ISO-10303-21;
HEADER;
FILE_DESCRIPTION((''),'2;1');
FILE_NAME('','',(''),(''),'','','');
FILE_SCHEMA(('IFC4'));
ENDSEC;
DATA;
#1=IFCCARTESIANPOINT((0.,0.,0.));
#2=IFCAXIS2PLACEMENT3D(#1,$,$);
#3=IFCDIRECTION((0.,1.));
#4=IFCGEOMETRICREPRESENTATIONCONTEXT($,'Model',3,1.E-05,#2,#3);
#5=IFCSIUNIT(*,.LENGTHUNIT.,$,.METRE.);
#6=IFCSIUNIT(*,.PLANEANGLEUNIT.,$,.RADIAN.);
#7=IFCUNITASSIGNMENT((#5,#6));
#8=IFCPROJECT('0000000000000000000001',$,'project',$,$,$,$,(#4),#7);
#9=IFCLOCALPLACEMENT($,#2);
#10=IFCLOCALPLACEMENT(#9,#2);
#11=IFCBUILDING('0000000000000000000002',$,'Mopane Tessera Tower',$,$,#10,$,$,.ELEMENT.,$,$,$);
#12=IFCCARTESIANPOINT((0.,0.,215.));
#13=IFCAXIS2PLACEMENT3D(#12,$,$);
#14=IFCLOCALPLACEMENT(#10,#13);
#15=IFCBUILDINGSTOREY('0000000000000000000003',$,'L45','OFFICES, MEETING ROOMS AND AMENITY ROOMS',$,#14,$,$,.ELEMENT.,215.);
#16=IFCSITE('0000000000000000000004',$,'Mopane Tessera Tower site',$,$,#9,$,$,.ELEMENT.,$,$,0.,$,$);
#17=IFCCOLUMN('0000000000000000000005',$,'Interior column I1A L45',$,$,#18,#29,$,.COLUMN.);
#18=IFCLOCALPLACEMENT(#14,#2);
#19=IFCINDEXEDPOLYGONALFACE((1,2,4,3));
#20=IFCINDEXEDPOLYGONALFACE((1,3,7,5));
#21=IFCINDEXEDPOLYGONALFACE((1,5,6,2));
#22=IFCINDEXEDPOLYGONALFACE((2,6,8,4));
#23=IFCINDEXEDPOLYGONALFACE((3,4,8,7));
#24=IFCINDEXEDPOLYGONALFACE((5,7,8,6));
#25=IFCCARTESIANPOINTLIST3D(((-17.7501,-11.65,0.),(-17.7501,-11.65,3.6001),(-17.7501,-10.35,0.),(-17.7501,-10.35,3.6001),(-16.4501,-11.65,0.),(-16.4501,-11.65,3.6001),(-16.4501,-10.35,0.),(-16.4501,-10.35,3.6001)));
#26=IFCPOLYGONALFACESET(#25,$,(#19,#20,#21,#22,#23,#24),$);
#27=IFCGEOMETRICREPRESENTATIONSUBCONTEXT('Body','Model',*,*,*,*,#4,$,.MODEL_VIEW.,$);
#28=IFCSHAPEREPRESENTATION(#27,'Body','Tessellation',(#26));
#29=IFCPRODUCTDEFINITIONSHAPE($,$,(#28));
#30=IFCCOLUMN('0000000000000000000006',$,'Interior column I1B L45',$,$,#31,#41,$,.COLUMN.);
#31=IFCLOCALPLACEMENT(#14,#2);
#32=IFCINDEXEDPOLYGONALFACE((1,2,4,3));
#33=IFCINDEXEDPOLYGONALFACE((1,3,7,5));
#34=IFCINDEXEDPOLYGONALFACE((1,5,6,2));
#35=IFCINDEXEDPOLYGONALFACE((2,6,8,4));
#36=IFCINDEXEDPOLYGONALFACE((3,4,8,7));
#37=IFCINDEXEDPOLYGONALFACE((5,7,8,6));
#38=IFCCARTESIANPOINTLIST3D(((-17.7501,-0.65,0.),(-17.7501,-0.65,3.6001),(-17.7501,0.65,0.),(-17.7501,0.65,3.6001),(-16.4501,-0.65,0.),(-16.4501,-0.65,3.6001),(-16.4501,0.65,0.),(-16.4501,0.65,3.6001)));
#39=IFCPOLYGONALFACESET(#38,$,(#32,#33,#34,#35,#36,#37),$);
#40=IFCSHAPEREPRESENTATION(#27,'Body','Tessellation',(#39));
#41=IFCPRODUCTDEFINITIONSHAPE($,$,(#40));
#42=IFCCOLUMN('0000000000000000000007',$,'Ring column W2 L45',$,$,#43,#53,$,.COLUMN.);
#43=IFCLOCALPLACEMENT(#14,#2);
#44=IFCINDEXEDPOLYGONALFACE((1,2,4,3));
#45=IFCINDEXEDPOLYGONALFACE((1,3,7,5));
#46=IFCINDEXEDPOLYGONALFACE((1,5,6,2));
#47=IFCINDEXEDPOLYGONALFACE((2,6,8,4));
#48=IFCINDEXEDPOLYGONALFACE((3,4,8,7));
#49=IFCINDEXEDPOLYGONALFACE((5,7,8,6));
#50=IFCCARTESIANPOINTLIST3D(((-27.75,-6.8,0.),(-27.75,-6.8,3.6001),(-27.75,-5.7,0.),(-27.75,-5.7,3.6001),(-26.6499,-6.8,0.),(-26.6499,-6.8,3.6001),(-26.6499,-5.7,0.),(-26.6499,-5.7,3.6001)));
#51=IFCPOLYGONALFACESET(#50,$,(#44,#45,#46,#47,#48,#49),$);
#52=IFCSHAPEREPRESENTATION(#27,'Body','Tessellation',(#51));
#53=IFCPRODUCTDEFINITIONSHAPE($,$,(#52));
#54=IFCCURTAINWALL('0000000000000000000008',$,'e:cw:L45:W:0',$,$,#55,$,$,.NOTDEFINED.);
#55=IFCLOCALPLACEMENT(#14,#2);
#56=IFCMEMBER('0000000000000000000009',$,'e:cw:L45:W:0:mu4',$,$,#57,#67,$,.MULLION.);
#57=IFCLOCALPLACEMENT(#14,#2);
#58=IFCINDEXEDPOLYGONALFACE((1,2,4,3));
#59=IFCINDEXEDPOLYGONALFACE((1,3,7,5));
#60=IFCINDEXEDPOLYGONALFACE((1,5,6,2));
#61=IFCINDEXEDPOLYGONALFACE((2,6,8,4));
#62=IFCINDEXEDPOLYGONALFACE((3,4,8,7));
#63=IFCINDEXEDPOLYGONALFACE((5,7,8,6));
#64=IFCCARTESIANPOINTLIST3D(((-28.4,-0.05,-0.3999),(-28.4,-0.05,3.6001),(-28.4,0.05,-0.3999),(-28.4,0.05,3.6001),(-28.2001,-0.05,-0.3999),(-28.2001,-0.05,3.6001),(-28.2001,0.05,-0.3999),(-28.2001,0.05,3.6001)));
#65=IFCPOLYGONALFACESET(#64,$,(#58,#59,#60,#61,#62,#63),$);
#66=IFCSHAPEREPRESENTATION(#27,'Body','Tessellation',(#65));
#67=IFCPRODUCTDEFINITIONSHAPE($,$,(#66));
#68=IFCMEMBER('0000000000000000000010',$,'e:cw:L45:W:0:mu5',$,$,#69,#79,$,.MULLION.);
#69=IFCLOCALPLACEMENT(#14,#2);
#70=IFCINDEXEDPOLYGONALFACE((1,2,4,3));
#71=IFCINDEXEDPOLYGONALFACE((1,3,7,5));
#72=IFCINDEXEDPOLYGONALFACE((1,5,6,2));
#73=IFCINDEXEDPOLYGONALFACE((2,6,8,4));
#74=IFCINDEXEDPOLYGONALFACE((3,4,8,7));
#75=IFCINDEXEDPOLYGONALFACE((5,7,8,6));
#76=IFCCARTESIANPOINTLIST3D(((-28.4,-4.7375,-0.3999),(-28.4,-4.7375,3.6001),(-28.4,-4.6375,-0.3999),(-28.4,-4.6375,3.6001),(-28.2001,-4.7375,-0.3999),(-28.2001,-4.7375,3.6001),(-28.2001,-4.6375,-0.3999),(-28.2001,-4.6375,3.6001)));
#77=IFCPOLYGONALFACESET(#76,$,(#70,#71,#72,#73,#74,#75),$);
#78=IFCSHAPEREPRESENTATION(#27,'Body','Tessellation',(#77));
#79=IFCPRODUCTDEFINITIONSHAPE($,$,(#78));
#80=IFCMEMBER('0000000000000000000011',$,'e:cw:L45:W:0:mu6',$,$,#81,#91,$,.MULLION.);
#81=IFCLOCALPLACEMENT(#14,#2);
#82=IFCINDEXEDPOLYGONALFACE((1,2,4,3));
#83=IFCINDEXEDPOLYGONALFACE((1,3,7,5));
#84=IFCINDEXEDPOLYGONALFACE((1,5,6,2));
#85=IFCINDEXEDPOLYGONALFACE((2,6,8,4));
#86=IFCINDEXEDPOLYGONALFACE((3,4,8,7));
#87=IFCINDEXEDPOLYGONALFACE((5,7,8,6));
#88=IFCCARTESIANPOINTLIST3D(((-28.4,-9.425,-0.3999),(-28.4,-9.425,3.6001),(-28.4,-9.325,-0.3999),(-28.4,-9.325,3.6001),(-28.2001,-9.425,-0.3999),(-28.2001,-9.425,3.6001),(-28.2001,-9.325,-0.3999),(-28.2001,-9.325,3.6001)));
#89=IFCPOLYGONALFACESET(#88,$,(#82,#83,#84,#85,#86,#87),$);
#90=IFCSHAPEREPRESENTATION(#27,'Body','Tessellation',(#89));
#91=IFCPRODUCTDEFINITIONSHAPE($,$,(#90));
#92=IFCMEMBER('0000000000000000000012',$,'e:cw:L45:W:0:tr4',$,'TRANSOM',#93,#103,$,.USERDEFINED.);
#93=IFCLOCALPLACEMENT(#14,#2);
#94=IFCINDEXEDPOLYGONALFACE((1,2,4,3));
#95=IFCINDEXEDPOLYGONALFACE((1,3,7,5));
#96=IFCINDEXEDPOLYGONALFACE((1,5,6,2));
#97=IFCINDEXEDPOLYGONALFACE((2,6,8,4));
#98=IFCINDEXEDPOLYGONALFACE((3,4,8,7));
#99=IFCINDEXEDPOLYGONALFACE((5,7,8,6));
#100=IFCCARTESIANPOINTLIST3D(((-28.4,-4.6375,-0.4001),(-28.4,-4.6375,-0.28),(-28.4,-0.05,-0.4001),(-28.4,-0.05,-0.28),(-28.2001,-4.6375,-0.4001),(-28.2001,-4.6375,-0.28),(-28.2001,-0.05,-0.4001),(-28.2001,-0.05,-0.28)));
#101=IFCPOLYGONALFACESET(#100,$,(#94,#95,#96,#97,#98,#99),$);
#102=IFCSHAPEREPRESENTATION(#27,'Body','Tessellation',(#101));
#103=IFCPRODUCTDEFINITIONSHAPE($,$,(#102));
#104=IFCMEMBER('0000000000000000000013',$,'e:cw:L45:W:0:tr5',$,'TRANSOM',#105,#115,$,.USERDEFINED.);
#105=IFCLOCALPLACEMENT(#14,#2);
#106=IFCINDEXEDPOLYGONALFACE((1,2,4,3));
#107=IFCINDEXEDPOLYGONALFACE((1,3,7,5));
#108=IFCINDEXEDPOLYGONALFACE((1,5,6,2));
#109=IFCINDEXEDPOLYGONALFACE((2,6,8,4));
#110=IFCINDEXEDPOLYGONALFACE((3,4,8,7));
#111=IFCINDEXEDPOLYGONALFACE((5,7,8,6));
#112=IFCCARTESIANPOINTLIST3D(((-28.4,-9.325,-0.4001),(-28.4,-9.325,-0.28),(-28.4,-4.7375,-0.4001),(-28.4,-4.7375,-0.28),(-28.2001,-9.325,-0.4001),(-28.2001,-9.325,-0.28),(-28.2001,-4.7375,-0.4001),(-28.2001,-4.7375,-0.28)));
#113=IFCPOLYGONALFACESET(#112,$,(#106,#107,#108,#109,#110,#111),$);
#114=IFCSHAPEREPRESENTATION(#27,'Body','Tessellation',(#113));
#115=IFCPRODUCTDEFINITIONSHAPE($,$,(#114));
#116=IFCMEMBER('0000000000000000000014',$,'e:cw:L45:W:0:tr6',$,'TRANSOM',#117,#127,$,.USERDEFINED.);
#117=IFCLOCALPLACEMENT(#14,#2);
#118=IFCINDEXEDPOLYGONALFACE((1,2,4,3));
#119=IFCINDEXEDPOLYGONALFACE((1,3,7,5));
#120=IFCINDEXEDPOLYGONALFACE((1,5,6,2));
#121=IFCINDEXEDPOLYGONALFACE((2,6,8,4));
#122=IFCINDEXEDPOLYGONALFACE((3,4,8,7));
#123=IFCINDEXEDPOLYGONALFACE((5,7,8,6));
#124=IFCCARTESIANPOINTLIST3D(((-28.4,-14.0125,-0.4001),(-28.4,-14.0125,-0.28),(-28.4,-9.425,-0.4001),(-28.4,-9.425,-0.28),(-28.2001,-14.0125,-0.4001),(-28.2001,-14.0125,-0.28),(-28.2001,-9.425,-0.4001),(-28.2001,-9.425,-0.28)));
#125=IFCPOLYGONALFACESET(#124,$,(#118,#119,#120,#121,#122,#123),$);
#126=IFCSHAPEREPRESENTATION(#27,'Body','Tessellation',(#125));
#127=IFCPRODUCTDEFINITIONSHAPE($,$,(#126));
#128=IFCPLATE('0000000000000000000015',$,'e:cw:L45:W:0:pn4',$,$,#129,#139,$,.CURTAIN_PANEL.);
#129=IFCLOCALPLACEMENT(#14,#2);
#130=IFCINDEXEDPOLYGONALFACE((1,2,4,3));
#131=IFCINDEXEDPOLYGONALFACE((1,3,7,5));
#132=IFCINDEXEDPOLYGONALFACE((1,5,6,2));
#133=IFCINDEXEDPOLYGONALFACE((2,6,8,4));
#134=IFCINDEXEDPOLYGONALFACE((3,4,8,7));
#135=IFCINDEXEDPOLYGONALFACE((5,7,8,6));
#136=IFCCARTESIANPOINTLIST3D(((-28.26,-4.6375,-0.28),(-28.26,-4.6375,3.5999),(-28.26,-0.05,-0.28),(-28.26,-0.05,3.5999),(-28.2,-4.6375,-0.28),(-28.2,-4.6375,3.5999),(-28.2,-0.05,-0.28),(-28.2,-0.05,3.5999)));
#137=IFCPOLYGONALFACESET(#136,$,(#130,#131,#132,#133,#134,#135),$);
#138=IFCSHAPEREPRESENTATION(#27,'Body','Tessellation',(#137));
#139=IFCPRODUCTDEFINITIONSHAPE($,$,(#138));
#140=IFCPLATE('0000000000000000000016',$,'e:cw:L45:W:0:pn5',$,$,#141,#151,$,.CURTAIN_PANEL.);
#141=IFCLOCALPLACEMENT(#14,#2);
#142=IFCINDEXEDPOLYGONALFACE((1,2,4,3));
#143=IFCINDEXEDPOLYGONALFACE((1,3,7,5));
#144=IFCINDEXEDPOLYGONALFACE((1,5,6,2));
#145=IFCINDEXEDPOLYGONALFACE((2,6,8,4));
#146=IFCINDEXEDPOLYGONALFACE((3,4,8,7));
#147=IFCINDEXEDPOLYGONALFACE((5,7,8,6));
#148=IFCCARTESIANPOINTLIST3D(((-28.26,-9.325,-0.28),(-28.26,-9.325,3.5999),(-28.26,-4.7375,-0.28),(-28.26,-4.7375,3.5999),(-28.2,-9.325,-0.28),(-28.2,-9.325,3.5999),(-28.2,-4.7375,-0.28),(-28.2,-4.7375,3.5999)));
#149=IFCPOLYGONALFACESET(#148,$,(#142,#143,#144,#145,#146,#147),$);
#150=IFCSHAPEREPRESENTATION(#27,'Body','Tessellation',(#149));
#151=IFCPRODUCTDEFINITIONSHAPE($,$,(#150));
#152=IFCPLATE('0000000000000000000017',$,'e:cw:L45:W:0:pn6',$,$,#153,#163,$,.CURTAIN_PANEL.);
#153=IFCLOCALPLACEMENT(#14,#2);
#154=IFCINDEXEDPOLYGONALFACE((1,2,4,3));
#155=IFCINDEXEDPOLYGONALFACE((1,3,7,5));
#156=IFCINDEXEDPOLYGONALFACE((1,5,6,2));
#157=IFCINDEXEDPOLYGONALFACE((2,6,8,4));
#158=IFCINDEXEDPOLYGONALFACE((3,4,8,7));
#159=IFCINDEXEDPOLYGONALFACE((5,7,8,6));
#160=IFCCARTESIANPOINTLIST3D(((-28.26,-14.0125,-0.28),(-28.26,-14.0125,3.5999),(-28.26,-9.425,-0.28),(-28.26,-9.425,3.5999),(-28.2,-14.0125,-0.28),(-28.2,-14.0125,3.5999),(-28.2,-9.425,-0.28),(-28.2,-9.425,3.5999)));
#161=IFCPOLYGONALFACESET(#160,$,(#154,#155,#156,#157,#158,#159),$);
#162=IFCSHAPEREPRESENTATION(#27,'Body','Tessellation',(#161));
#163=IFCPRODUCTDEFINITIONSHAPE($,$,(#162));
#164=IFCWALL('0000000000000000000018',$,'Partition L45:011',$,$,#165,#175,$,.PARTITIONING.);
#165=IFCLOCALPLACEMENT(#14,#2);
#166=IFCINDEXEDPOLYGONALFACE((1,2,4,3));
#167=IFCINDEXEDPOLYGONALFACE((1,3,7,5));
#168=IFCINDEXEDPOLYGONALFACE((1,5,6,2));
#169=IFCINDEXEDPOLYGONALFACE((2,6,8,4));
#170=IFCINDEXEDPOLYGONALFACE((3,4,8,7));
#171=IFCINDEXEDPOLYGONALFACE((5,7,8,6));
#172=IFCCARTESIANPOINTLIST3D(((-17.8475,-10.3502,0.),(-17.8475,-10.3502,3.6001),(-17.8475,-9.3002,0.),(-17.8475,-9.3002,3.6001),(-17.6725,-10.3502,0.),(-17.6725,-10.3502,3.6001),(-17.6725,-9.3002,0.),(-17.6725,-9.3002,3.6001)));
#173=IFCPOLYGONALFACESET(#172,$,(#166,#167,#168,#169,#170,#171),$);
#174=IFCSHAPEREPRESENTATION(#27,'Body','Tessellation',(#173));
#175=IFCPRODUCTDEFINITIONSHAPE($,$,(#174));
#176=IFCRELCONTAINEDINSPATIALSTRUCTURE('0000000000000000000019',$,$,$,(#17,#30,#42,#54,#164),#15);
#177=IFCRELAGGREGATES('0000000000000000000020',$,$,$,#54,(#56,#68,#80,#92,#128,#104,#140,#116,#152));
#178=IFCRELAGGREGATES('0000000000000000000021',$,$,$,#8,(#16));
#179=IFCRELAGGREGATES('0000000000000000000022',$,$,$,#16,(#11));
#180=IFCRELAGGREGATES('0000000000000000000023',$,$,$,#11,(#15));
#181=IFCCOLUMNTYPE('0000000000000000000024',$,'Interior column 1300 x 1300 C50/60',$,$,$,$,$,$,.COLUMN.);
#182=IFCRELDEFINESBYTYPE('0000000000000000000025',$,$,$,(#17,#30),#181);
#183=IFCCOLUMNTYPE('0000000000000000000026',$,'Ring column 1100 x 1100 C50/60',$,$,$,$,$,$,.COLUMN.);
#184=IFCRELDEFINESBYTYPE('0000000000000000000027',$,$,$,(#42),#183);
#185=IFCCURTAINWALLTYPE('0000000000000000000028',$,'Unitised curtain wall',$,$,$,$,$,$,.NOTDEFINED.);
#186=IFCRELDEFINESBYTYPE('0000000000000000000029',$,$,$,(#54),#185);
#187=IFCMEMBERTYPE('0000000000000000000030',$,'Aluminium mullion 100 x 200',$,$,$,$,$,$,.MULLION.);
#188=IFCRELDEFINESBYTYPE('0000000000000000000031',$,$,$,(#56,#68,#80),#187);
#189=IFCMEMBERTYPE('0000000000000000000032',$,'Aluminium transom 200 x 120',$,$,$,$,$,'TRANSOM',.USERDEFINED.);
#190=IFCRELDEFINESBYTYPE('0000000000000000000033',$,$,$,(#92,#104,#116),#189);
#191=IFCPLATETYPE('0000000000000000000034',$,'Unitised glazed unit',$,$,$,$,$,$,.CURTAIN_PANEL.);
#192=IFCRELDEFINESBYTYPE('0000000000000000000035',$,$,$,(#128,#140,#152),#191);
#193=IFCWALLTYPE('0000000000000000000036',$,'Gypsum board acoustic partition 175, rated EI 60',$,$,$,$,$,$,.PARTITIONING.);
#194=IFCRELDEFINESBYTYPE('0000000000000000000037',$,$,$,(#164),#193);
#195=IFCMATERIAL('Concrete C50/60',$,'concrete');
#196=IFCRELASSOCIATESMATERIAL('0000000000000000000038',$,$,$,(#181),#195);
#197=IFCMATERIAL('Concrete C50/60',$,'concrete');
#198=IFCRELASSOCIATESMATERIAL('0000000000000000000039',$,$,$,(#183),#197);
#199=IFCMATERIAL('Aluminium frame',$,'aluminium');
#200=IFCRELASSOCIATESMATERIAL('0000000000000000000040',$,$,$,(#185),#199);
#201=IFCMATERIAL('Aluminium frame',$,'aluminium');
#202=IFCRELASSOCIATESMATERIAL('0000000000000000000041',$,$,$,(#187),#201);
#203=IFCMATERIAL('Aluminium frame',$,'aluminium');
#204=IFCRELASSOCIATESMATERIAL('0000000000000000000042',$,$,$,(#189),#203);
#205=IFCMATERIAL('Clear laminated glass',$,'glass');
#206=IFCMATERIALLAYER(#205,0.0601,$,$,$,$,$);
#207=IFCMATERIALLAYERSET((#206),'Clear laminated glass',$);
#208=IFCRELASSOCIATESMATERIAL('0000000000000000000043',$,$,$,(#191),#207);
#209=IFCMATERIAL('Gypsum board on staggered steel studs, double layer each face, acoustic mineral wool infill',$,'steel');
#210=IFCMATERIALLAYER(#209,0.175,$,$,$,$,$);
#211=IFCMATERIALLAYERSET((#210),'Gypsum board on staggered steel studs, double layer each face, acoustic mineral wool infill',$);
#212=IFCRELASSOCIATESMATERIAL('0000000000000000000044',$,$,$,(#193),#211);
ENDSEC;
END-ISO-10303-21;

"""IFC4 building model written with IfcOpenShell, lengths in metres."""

from ifc_helpers import new_model, si_unit, direction, frame, frame_2d, origin, origin_2d, place, context, subcontext, project, spatial, rectangle, extrude, material, layer, layer_set, material_profile, profile_set, type_object, element, aggregate, save


model = new_model("IFC4")

# Units and contexts
model_context = context("Model", 3, precision=1e-05, world=origin(), true_north=direction((0.0, 1.0)))
body_context = subcontext(model_context, "Body", "Model", "MODEL_VIEW")
ifc_project = project(units=[si_unit("LENGTHUNIT", "METRE"), si_unit("PLANEANGLEUNIT", "RADIAN")], contexts=[model_context])

# Site, building, storey
site_placement = place(None, origin())
site = spatial("IfcSite", under=ifc_project, at=site_placement, Name="Mopane Tessera Tower site", CompositionType="ELEMENT", RefElevation=0.0)
building_placement = place(site_placement, origin())
building = spatial("IfcBuilding", under=site, at=building_placement, Name="Mopane Tessera Tower", CompositionType="ELEMENT")
storey_placement = place(building_placement, frame((0.0, 0.0, 215.0)))
storey = spatial("IfcBuildingStorey", under=building, at=storey_placement, Name="L45", Description="OFFICES, MEETING ROOMS AND AMENITY ROOMS", CompositionType="ELEMENT", Elevation=215.0)

# Columns
ifc_material_1 = material(Name="Concrete C50/60", Category="concrete")
ifc_material_profile_1 = material_profile(ifc_material_1, rectangle(XDim=1.3, YDim=1.3, at=origin_2d()))
ifc_profile_set_1 = profile_set([ifc_material_profile_1], Name="Concrete C50/60")
column_type_1 = type_object("IfcColumnType", Name="Interior column 1300 x 1300 C50/60", PredefinedType="COLUMN", material=ifc_profile_set_1)
for number, where, z_axis, x_axis, name in (
    (1, (-17.1001, -11.0, 0.0), (0.0, 0.0, 1.0), (1.0, 0.0, 0.0), "Interior column I1A L45"),
    (2, (-17.1001, 0.0, 0.0), (0.0, 0.0, 1.0), (1.0, 0.0, 0.0), "Interior column I1B L45"),
):
    element("IfcColumn", number, at=place(storey_placement, frame(where, z_axis=z_axis, x_axis=x_axis)), inside=storey, type_object=column_type_1, Name=name, PredefinedType="COLUMN", context=body_context, shape_type="SweptSolid", body=[
        extrude(rectangle(XDim=1.3, YDim=1.3, at=origin_2d()), origin(), (0.0, 0.0, 1.0), 3.6001),
    ])
ifc_material_2 = material(Name="Concrete C50/60", Category="concrete")
ifc_material_profile_2 = material_profile(ifc_material_2, rectangle(XDim=1.1001, YDim=1.1001, at=origin_2d()))
ifc_profile_set_2 = profile_set([ifc_material_profile_2], Name="Concrete C50/60")
column_type_2 = type_object("IfcColumnType", Name="Ring column 1100 x 1100 C50/60", PredefinedType="COLUMN", material=ifc_profile_set_2)
column_placement = place(storey_placement, frame((-27.2, -6.25, 0.0), z_axis=(0.0, 0.0, 1.0), x_axis=(1.0, 0.0, 0.0)))
element("IfcColumn", 3, at=column_placement, inside=storey, type_object=column_type_2, Name="Ring column W2 L45", PredefinedType="COLUMN", context=body_context, shape_type="SweptSolid", body=[
    extrude(rectangle(XDim=1.1001, YDim=1.1001, at=origin_2d()), origin(), (0.0, 0.0, 1.0), 3.6001),
])

# Curtain wall, members, plates
ifc_material_3 = material(Name="Aluminium frame", Category="aluminium")
curtain_wall_type = type_object("IfcCurtainWallType", Name="Unitised curtain wall", PredefinedType="NOTDEFINED", material=ifc_material_3)
curtain_wall_placement = place(storey_placement, origin())
curtain_wall = element("IfcCurtainWall", 4, at=curtain_wall_placement, inside=storey, type_object=curtain_wall_type, Name="e:cw:L45:W:0", PredefinedType="NOTDEFINED")
ifc_material_4 = material(Name="Aluminium frame", Category="aluminium")
ifc_material_profile_3 = material_profile(ifc_material_4, rectangle(XDim=0.1001, YDim=0.2, at=origin_2d()))
ifc_profile_set_3 = profile_set([ifc_material_profile_3], Name="Aluminium frame")
member_type_1 = type_object("IfcMemberType", Name="Aluminium mullion 100 x 200", PredefinedType="MULLION", material=ifc_profile_set_3)
member_1_placement = place(storey_placement, frame((-28.3, 0.0, -0.3999), z_axis=(0.0, 0.0, 1.0), x_axis=(0.0, -1.0, 0.0)))
member_1 = element("IfcMember", 5, at=member_1_placement, type_object=member_type_1, Name="e:cw:L45:W:0:mu4", PredefinedType="MULLION", context=body_context, shape_type="SweptSolid", body=[
    extrude(rectangle(XDim=0.1001, YDim=0.2, at=origin_2d()), origin(), (0.0, 0.0, 1.0), 4.0),
])
member_2_placement = place(storey_placement, frame((-28.3, -4.6875, -0.3999), z_axis=(0.0, 0.0, 1.0), x_axis=(0.0, -1.0, 0.0)))
member_2 = element("IfcMember", 6, at=member_2_placement, type_object=member_type_1, Name="e:cw:L45:W:0:mu5", PredefinedType="MULLION", context=body_context, shape_type="SweptSolid", body=[
    extrude(rectangle(XDim=0.1001, YDim=0.2, at=origin_2d()), origin(), (0.0, 0.0, 1.0), 4.0),
])
member_3_placement = place(storey_placement, frame((-28.3, -9.375, -0.3999), z_axis=(0.0, 0.0, 1.0), x_axis=(0.0, -1.0, 0.0)))
member_3 = element("IfcMember", 7, at=member_3_placement, type_object=member_type_1, Name="e:cw:L45:W:0:mu6", PredefinedType="MULLION", context=body_context, shape_type="SweptSolid", body=[
    extrude(rectangle(XDim=0.1001, YDim=0.2, at=origin_2d()), origin(), (0.0, 0.0, 1.0), 4.0),
])
ifc_material_5 = material(Name="Aluminium frame", Category="aluminium")
ifc_material_profile_4 = material_profile(ifc_material_5, rectangle(XDim=0.2, YDim=0.1201, at=origin_2d()))
ifc_profile_set_4 = profile_set([ifc_material_profile_4], Name="Aluminium frame")
member_type_2 = type_object("IfcMemberType", Name="Aluminium transom 200 x 120", ElementType="TRANSOM", PredefinedType="USERDEFINED", material=ifc_profile_set_4)
member_4_placement = place(storey_placement, frame((-28.3, -0.05, -0.3401), z_axis=(0.0, -1.0, 0.0), x_axis=(1.0, 0.0, 0.0)))
member_4 = element("IfcMember", 8, at=member_4_placement, type_object=member_type_2, Name="e:cw:L45:W:0:tr4", ObjectType="TRANSOM", PredefinedType="USERDEFINED", context=body_context, shape_type="SweptSolid", body=[
    extrude(rectangle(XDim=0.2, YDim=0.1201, at=origin_2d()), origin(), (0.0, 0.0, 1.0), 4.5874),
])
member_5_placement = place(storey_placement, frame((-28.3, -4.7375, -0.3401), z_axis=(0.0, -1.0, 0.0), x_axis=(1.0, 0.0, 0.0)))
member_5 = element("IfcMember", 9, at=member_5_placement, type_object=member_type_2, Name="e:cw:L45:W:0:tr5", ObjectType="TRANSOM", PredefinedType="USERDEFINED", context=body_context, shape_type="SweptSolid", body=[
    extrude(rectangle(XDim=0.2, YDim=0.1201, at=origin_2d()), origin(), (0.0, 0.0, 1.0), 4.5874),
])
member_6_placement = place(storey_placement, frame((-28.3, -9.425, -0.3401), z_axis=(0.0, -1.0, 0.0), x_axis=(1.0, 0.0, 0.0)))
member_6 = element("IfcMember", 10, at=member_6_placement, type_object=member_type_2, Name="e:cw:L45:W:0:tr6", ObjectType="TRANSOM", PredefinedType="USERDEFINED", context=body_context, shape_type="SweptSolid", body=[
    extrude(rectangle(XDim=0.2, YDim=0.1201, at=origin_2d()), origin(), (0.0, 0.0, 1.0), 4.5874),
])
ifc_material_6 = material(Name="Clear laminated glass", Category="glass")
ifc_layer_1 = layer(ifc_material_6, 0.0601)
ifc_layer_set_1 = layer_set([ifc_layer_1], Name="Clear laminated glass")
plate_type = type_object("IfcPlateType", Name="Unitised glazed unit", PredefinedType="CURTAIN_PANEL", material=ifc_layer_set_1)
plate_1_placement = place(storey_placement, frame((-28.23, -2.3438, -0.28), z_axis=(0.0, 0.0, 1.0), x_axis=(0.0, -1.0, 0.0)))
plate_1 = element("IfcPlate", 11, at=plate_1_placement, type_object=plate_type, Name="e:cw:L45:W:0:pn4", PredefinedType="CURTAIN_PANEL", context=body_context, shape_type="SweptSolid", body=[
    extrude(rectangle(XDim=4.5874, YDim=0.0601, at=origin_2d()), origin(), (0.0, 0.0, 1.0), 3.8799),
])
plate_2_placement = place(storey_placement, frame((-28.23, -7.0312, -0.28), z_axis=(0.0, 0.0, 1.0), x_axis=(0.0, -1.0, 0.0)))
plate_2 = element("IfcPlate", 12, at=plate_2_placement, type_object=plate_type, Name="e:cw:L45:W:0:pn5", PredefinedType="CURTAIN_PANEL", context=body_context, shape_type="SweptSolid", body=[
    extrude(rectangle(XDim=4.5874, YDim=0.0601, at=origin_2d()), origin(), (0.0, 0.0, 1.0), 3.8799),
])
plate_3_placement = place(storey_placement, frame((-28.23, -11.7188, -0.28), z_axis=(0.0, 0.0, 1.0), x_axis=(0.0, -1.0, 0.0)))
plate_3 = element("IfcPlate", 13, at=plate_3_placement, type_object=plate_type, Name="e:cw:L45:W:0:pn6", PredefinedType="CURTAIN_PANEL", context=body_context, shape_type="SweptSolid", body=[
    extrude(rectangle(XDim=4.5874, YDim=0.0601, at=origin_2d()), origin(), (0.0, 0.0, 1.0), 3.8799),
])
aggregate(curtain_wall, [member_1, member_2, member_3, member_4, plate_1, member_5, plate_2, member_6, plate_3])

# Wall
ifc_material_7 = material(Name="Gypsum board on staggered steel studs, double layer each face, acoustic mineral wool infill", Category="steel")
ifc_layer_2 = layer(ifc_material_7, 0.175)
ifc_layer_set_2 = layer_set([ifc_layer_2], Name="Gypsum board on staggered steel studs, double layer each face, acoustic mineral wool infill")
wall_type_1 = type_object("IfcWallType", Name="Gypsum board acoustic partition 175, rated EI 60", PredefinedType="PARTITIONING", material=ifc_layer_set_2)
wall_1_placement = place(storey_placement, frame((-17.76, -10.3501, 0.0), z_axis=(0.0, 0.0, 1.0), x_axis=(0.0, 1.0, 0.0)))
element("IfcWall", 14, at=wall_1_placement, inside=storey, type_object=wall_type_1, Name="Partition L45:011", PredefinedType="PARTITIONING", context=body_context, shape_type="SweptSolid", body=[
    extrude(rectangle(XDim=1.05, YDim=0.175, at=frame_2d((0.5249, 0.0))), origin(), (0.0, 0.0, 1.0), 3.6001),
])

save(model, "model.ifc")
